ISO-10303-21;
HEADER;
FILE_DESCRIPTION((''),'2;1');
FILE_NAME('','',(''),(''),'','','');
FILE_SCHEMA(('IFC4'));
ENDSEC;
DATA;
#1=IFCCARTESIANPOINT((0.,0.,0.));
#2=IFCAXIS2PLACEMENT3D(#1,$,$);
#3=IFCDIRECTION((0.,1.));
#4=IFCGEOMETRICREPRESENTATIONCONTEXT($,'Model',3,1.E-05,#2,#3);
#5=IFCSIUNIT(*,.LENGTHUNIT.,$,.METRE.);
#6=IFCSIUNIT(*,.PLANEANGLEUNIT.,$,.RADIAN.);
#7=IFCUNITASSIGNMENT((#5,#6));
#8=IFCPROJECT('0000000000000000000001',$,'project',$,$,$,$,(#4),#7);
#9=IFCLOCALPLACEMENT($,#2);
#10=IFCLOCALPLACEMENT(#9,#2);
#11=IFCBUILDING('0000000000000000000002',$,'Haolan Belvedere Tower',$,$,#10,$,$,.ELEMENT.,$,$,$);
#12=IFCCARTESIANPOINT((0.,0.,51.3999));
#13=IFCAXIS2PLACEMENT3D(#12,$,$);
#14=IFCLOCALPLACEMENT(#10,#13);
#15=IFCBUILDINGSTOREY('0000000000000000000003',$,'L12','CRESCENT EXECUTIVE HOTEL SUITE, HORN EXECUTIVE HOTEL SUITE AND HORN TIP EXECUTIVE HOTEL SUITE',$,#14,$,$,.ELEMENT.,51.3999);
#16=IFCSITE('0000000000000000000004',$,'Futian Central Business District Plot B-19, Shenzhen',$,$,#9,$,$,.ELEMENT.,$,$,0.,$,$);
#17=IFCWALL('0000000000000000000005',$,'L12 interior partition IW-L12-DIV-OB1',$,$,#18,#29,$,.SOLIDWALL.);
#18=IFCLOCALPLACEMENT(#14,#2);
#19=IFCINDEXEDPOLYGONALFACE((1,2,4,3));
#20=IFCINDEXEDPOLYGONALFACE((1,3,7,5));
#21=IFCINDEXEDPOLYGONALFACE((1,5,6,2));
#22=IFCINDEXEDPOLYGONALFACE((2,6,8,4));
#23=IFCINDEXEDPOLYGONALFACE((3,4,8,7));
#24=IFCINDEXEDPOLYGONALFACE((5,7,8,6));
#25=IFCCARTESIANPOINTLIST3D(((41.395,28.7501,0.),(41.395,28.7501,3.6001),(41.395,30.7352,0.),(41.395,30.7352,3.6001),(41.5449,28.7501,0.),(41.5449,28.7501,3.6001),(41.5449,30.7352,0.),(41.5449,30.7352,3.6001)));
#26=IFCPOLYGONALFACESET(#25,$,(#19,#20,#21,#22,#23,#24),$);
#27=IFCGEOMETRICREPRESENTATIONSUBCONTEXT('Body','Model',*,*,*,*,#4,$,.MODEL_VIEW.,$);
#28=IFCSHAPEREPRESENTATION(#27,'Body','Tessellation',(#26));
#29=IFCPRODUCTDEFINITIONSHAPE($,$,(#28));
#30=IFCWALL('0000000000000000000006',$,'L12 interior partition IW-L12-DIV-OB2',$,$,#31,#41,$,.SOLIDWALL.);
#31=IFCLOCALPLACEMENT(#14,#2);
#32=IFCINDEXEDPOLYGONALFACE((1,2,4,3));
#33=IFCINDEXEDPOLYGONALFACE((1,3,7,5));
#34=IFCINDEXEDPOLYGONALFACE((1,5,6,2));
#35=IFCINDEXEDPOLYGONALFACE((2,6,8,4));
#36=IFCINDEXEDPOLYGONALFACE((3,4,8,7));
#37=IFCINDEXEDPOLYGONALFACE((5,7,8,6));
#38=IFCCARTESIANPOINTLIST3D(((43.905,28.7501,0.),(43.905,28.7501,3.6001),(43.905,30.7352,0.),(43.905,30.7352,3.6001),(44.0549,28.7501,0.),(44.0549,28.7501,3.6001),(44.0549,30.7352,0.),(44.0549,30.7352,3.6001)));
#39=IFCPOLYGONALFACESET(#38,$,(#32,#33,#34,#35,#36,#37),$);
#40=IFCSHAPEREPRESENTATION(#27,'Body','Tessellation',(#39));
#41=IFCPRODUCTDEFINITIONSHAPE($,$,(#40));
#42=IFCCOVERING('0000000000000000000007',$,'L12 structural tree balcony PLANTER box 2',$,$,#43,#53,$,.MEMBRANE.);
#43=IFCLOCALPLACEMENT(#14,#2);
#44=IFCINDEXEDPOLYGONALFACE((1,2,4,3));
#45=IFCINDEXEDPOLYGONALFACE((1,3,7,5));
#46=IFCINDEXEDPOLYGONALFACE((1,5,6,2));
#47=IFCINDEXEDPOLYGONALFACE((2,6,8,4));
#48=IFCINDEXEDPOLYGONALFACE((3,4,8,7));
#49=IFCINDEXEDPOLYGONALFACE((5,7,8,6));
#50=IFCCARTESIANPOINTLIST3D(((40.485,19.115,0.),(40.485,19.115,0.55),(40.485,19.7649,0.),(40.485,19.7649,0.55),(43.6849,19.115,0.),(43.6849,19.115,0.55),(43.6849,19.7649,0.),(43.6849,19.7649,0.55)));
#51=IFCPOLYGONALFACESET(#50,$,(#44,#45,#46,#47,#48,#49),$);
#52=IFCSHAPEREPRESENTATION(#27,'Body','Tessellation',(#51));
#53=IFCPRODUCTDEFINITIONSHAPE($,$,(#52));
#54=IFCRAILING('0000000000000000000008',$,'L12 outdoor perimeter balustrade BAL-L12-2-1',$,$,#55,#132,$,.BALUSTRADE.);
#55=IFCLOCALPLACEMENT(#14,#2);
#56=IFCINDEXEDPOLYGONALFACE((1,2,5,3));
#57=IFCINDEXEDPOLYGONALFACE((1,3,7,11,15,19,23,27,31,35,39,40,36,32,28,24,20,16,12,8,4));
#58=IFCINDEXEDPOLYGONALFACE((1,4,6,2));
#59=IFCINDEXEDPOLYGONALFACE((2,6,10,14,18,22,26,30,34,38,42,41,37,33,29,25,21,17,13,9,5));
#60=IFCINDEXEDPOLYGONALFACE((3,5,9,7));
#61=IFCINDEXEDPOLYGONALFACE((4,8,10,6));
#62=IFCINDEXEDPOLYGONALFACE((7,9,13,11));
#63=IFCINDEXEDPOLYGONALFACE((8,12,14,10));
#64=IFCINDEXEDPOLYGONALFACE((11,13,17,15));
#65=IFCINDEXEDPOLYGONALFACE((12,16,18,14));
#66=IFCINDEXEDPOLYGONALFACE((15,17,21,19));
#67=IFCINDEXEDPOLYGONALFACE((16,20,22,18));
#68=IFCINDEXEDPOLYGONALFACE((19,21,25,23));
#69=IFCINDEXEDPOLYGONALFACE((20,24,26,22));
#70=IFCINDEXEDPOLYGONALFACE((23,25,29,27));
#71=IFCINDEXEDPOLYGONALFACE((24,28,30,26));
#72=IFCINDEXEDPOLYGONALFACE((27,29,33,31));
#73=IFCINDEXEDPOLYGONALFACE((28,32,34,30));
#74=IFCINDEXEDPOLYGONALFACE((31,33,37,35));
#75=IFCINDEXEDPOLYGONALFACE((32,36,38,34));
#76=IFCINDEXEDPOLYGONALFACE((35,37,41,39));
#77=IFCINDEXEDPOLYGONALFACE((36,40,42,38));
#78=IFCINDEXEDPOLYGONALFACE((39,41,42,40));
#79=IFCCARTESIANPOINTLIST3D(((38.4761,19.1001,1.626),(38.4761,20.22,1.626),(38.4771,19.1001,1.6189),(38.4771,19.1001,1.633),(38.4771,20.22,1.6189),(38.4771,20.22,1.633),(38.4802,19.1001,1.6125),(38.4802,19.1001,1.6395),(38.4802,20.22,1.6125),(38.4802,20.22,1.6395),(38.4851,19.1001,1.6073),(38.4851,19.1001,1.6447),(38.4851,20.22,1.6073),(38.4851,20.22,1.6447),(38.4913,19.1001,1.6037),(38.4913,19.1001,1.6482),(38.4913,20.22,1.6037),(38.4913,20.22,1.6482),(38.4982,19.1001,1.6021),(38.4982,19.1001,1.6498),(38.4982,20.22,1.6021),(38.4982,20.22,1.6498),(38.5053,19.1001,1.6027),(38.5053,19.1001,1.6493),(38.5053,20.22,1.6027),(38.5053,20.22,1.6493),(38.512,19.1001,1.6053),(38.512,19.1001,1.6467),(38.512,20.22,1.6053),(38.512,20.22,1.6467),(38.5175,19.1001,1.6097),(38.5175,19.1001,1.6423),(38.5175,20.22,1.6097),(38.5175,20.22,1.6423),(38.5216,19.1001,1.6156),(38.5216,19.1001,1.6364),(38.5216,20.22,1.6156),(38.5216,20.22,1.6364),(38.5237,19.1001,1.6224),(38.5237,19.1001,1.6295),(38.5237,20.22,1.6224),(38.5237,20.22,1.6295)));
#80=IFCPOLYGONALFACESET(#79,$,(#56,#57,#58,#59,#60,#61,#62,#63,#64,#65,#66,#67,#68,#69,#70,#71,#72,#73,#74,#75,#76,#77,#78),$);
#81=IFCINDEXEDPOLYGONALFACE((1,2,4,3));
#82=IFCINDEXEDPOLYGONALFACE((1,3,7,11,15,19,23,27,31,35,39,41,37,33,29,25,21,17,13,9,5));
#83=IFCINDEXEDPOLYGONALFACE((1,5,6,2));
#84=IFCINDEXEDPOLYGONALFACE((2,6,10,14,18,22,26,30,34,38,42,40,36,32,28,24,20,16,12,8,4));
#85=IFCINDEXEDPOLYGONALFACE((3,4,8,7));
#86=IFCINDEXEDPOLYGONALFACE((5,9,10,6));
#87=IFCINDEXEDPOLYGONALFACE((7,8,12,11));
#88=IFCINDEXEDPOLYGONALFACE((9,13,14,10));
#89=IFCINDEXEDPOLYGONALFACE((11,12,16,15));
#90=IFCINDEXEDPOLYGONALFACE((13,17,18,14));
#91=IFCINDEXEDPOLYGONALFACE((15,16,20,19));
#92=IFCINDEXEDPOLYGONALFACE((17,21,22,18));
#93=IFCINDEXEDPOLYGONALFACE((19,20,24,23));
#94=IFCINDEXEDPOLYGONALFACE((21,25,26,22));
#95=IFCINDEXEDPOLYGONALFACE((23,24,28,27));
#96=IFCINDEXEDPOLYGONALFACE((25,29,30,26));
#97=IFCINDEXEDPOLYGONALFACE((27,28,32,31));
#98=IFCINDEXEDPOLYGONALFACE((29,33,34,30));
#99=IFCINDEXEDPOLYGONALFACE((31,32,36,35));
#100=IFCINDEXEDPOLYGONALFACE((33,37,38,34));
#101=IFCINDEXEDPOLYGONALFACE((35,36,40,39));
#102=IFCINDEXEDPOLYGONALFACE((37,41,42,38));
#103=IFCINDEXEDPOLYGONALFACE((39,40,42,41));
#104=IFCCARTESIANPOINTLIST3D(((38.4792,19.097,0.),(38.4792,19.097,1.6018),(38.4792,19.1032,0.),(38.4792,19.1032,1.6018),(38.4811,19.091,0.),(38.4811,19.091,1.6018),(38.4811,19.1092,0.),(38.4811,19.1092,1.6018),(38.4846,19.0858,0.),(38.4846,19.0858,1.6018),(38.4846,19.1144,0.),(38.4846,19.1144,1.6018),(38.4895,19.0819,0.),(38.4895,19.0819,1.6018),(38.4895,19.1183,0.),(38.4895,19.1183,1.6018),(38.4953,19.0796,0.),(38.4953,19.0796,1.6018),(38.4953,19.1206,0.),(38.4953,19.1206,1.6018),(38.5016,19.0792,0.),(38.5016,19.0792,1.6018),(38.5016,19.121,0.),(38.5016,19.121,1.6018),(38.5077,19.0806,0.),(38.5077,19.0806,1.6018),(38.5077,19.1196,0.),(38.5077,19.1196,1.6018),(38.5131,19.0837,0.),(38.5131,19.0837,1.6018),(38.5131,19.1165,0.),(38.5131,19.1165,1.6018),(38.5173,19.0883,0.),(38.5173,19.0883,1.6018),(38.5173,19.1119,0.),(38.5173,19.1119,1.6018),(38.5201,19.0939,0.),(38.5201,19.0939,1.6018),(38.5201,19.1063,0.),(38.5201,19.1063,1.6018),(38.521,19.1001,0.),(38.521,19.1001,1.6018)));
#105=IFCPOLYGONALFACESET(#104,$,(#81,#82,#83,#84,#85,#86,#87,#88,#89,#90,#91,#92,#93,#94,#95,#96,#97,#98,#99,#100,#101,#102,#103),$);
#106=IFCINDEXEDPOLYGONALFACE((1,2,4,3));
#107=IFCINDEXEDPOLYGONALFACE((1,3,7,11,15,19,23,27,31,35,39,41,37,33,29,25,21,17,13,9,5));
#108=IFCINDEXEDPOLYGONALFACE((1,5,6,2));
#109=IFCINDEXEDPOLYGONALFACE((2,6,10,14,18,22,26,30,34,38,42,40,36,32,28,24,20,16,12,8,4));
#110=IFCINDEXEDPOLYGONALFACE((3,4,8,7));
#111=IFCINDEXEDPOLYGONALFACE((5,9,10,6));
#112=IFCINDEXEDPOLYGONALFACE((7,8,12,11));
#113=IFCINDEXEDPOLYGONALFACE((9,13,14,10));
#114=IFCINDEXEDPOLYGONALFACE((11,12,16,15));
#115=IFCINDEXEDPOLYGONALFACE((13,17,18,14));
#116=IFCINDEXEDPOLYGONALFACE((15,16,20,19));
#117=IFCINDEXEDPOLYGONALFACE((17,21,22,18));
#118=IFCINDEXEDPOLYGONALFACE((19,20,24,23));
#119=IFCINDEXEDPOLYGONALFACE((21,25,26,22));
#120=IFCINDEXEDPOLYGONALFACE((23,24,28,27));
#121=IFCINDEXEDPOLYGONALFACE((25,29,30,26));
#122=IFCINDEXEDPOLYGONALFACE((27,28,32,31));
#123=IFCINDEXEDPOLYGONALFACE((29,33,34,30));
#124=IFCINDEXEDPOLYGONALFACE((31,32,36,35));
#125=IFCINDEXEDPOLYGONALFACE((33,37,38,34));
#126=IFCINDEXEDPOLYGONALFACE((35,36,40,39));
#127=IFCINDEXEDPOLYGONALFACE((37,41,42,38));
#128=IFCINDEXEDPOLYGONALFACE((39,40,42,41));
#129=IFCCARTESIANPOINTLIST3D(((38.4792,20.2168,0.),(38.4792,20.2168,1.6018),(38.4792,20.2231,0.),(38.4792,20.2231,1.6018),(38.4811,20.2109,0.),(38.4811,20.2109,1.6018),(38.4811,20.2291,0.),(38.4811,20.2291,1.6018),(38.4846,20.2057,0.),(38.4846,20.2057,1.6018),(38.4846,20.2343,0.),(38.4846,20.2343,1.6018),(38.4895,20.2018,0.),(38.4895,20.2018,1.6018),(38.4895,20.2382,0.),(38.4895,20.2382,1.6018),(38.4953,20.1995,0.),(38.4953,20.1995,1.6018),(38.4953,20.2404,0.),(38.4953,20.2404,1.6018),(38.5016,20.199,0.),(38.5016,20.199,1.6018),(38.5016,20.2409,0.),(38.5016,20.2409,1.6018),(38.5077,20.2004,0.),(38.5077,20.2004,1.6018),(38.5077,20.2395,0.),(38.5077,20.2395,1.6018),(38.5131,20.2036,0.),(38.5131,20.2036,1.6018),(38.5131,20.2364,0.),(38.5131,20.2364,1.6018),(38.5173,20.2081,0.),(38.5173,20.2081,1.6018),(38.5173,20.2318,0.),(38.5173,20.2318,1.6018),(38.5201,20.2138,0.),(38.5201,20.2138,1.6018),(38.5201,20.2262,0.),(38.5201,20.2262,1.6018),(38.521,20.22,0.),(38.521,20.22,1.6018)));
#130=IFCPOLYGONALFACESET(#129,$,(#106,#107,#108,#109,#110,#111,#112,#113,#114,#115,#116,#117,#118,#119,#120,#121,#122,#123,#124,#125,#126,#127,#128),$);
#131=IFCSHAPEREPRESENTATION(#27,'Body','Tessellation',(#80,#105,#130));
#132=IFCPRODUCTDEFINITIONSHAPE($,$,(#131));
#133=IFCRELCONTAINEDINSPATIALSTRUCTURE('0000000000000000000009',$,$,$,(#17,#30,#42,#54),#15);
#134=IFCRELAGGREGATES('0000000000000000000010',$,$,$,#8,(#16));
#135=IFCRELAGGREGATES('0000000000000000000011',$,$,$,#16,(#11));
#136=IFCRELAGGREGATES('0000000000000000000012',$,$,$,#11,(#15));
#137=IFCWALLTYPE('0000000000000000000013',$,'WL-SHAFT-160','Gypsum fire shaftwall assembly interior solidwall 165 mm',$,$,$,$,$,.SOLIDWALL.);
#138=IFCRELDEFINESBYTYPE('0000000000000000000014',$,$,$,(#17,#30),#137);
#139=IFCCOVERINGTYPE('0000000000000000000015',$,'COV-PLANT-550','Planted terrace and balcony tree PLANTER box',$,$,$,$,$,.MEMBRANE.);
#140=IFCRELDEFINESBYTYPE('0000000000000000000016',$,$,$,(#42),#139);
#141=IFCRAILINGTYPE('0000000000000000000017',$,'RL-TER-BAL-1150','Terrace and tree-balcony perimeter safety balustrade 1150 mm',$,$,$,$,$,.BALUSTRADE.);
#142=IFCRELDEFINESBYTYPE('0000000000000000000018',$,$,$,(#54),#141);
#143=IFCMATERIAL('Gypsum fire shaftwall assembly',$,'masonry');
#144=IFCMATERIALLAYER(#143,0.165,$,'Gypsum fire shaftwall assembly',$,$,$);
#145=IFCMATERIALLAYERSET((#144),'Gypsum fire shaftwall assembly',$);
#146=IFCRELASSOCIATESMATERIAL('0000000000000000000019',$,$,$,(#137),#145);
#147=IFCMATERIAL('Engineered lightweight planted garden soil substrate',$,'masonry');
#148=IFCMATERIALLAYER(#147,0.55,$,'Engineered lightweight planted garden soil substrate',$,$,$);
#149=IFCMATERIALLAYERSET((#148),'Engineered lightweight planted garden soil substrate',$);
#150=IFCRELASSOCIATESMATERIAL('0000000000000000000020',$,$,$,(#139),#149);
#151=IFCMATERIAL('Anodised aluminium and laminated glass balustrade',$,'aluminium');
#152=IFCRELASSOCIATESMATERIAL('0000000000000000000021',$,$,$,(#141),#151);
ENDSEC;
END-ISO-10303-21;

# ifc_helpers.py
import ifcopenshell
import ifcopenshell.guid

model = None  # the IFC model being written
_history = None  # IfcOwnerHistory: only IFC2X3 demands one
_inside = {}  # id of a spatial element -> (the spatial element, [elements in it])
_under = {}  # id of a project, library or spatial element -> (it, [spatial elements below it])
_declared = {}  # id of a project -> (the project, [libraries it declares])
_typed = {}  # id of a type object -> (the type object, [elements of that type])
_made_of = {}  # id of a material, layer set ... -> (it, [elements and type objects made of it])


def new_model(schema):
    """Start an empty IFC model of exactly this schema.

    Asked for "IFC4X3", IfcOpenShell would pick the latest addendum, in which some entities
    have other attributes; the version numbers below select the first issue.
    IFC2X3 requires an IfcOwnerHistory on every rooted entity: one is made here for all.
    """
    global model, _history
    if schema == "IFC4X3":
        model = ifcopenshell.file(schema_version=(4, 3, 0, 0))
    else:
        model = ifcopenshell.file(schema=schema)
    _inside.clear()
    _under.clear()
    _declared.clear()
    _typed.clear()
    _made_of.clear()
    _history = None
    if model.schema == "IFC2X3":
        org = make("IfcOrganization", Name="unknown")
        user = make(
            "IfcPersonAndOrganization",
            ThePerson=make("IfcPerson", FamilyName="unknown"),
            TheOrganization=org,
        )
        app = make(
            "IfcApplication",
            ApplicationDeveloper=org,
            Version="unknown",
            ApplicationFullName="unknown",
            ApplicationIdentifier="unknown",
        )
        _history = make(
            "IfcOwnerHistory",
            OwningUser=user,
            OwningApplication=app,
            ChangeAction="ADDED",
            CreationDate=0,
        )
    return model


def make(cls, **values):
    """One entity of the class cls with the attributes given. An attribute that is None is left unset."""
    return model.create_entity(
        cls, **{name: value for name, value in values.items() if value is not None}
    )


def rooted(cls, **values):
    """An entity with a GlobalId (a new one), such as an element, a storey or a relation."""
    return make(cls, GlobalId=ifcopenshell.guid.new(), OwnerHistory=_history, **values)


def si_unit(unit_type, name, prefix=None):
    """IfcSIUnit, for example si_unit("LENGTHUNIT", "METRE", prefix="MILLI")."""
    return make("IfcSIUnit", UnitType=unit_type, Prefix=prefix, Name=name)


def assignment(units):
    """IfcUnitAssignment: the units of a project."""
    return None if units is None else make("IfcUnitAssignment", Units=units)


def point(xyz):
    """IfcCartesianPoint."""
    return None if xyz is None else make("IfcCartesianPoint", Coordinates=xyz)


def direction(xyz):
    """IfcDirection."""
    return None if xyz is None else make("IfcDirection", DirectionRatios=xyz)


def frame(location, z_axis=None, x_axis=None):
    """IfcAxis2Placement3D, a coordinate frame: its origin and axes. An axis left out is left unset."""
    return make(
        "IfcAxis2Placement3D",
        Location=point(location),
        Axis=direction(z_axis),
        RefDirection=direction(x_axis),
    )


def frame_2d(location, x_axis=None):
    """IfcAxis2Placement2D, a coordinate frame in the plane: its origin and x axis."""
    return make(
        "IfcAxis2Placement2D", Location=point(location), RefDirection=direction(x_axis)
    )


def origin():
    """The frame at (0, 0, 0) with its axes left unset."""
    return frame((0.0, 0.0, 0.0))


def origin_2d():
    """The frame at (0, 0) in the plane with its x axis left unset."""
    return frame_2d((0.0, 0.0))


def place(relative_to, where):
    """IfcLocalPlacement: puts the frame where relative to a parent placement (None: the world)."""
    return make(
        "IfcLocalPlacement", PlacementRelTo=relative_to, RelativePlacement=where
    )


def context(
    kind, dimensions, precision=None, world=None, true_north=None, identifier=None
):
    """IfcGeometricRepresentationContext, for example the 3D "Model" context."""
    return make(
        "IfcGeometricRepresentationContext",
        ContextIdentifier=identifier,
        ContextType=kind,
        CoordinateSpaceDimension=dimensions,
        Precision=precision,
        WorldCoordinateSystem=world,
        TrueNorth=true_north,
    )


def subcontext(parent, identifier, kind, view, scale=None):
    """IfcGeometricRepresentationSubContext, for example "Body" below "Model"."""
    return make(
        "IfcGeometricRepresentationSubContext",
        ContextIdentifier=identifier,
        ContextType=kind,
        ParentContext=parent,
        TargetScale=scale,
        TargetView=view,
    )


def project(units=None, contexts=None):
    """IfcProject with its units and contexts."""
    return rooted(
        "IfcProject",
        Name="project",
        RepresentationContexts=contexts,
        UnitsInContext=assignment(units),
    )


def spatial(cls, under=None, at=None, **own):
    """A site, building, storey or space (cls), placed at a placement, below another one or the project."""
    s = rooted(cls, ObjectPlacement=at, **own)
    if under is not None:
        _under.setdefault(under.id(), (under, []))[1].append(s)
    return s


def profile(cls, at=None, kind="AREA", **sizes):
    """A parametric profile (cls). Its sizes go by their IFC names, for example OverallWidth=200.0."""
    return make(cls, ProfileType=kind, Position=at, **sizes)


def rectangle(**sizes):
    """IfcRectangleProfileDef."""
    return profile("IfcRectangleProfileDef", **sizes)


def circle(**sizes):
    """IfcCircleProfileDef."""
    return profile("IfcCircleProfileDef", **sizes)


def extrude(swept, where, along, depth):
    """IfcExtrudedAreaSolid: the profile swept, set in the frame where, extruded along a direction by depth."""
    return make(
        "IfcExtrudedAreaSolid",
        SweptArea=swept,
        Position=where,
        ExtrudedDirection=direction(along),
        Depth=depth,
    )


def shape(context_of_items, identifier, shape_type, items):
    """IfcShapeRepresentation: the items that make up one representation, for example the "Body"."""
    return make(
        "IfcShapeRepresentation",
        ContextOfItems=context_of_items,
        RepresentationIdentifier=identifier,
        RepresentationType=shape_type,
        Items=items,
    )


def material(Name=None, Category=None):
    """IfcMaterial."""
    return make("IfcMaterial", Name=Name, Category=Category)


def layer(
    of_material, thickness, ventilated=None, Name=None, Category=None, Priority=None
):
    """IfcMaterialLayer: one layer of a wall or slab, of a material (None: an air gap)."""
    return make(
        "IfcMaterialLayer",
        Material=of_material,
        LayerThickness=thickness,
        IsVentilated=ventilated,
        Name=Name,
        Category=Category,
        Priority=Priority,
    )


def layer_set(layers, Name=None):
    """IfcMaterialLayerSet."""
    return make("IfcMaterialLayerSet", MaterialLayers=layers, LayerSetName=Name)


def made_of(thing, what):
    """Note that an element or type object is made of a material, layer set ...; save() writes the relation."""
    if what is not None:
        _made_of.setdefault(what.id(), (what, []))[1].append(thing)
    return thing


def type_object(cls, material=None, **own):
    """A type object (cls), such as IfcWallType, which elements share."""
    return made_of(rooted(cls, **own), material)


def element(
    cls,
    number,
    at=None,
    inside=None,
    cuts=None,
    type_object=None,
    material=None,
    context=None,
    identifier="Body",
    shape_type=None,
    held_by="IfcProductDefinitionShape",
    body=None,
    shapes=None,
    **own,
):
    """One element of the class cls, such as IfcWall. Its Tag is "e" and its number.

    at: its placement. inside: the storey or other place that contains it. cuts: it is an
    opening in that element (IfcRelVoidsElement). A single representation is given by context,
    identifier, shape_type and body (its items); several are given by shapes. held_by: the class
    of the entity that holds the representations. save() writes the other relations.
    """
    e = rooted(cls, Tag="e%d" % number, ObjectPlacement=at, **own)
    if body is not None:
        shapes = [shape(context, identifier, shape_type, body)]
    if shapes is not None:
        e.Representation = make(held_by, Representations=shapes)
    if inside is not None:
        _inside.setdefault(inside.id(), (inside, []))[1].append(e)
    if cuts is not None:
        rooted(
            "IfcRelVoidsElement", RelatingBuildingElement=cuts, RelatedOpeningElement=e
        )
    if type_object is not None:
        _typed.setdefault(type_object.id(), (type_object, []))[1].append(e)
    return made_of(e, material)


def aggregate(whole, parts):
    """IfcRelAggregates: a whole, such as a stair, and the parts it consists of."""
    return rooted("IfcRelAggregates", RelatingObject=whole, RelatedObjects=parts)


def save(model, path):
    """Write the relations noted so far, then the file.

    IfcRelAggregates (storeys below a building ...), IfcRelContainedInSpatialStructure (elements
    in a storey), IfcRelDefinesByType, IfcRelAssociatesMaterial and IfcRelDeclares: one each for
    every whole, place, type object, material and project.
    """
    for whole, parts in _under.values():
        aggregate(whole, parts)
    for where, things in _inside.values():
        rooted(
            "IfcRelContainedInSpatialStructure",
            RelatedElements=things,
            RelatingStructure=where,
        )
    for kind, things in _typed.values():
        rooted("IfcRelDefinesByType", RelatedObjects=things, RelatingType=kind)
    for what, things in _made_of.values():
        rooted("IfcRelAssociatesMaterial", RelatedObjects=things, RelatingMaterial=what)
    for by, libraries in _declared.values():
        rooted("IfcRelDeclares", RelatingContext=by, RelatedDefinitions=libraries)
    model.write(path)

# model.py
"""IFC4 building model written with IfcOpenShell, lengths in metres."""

from ifc_helpers import new_model, si_unit, direction, frame, frame_2d, origin, origin_2d, place, context, subcontext, project, spatial, rectangle, circle, extrude, material, layer, layer_set, type_object, element, save


model = new_model("IFC4")

# Units and contexts
model_context = context("Model", 3, precision=1e-05, world=origin(), true_north=direction((0.0, 1.0)))
body_context = subcontext(model_context, "Body", "Model", "MODEL_VIEW")
ifc_project = project(units=[si_unit("LENGTHUNIT", "METRE"), si_unit("PLANEANGLEUNIT", "RADIAN")], contexts=[model_context])

# Site, building, storey
site_placement = place(None, origin())
site = spatial("IfcSite", under=ifc_project, at=site_placement, Name="Futian Central Business District Plot B-19, Shenzhen", CompositionType="ELEMENT", RefElevation=0.0)
building_placement = place(site_placement, origin())
building = spatial("IfcBuilding", under=site, at=building_placement, Name="Haolan Belvedere Tower", CompositionType="ELEMENT")
storey_placement = place(building_placement, frame((0.0, 0.0, 51.3999)))
storey = spatial("IfcBuildingStorey", under=building, at=storey_placement, Name="L12", Description="CRESCENT EXECUTIVE HOTEL SUITE, HORN EXECUTIVE HOTEL SUITE AND HORN TIP EXECUTIVE HOTEL SUITE", CompositionType="ELEMENT", Elevation=51.3999)

# Walls
ifc_material_1 = material(Name="Gypsum fire shaftwall assembly", Category="masonry")
ifc_layer_1 = layer(ifc_material_1, 0.165, Name="Gypsum fire shaftwall assembly")
ifc_layer_set_1 = layer_set([ifc_layer_1], Name="Gypsum fire shaftwall assembly")
wall_type_1 = type_object("IfcWallType", Name="WL-SHAFT-160", Description="Gypsum fire shaftwall assembly interior solidwall 165 mm", PredefinedType="SOLIDWALL", material=ifc_layer_set_1)
for number, where, z_axis, x_axis, name in (
    (1, (41.47, 28.75, 0.0), (0.0, 0.0, 1.0), (0.0, 1.0, 0.0), "L12 interior partition IW-L12-DIV-OB1"),
    (2, (43.98, 28.75, 0.0), (0.0, 0.0, 1.0), (0.0, 1.0, 0.0), "L12 interior partition IW-L12-DIV-OB2"),
):
    element("IfcWall", number, at=place(storey_placement, frame(where, z_axis=z_axis, x_axis=x_axis)), inside=storey, type_object=wall_type_1, Name=name, PredefinedType="SOLIDWALL", context=body_context, shape_type="SweptSolid", body=[
        extrude(rectangle(XDim=1.9851, YDim=0.1499, at=frame_2d((0.9927, 0.0))), origin(), (0.0, 0.0, 1.0), 3.6001),
    ])

# Covering
ifc_material_2 = material(Name="Engineered lightweight planted garden soil substrate", Category="masonry")
ifc_layer_2 = layer(ifc_material_2, 0.55, Name="Engineered lightweight planted garden soil substrate")
ifc_layer_set_2 = layer_set([ifc_layer_2], Name="Engineered lightweight planted garden soil substrate")
covering_type = type_object("IfcCoveringType", Name="COV-PLANT-550", Description="Planted terrace and balcony tree PLANTER box", PredefinedType="MEMBRANE", material=ifc_layer_set_2)
covering_placement = place(storey_placement, frame((42.085, 19.4399, 0.0), z_axis=(0.0, 0.0, 1.0), x_axis=(1.0, 0.0, 0.0)))
element("IfcCovering", 3, at=covering_placement, inside=storey, type_object=covering_type, Name="L12 structural tree balcony PLANTER box 2", PredefinedType="MEMBRANE", context=body_context, shape_type="SweptSolid", body=[
    extrude(rectangle(XDim=3.2, YDim=0.6499, at=origin_2d()), origin(), (0.0, 0.0, 1.0), 0.55),
])

# Railing
ifc_material_3 = material(Name="Anodised aluminium and laminated glass balustrade", Category="aluminium")
railing_type = type_object("IfcRailingType", Name="RL-TER-BAL-1150", Description="Terrace and tree-balcony perimeter safety balustrade 1150 mm", PredefinedType="BALUSTRADE", material=ifc_material_3)
railing_1_placement = place(storey_placement, frame((38.5, 19.1001, 0.0)))
element("IfcRailing", 4, at=railing_1_placement, inside=storey, type_object=railing_type, Name="L12 outdoor perimeter balustrade BAL-L12-2-1", PredefinedType="BALUSTRADE", context=body_context, shape_type="SweptSolid", body=[
    extrude(circle(Radius=0.0239, at=origin_2d()), frame((0.0, 0.0, 1.626), z_axis=(0.0, 1.0, 0.0), x_axis=(-1.0, 0.0, 0.0)), (0.0, 0.0, 1.0), 1.1199),
    extrude(circle(Radius=0.021, at=origin_2d()), origin(), (0.0, 0.0, 1.0), 1.6018),
    extrude(circle(Radius=0.021, at=origin_2d()), frame((0.0, 1.1199, 0.0)), (0.0, 0.0, 1.0), 1.6018),
])

save(model, "model.ifc")
